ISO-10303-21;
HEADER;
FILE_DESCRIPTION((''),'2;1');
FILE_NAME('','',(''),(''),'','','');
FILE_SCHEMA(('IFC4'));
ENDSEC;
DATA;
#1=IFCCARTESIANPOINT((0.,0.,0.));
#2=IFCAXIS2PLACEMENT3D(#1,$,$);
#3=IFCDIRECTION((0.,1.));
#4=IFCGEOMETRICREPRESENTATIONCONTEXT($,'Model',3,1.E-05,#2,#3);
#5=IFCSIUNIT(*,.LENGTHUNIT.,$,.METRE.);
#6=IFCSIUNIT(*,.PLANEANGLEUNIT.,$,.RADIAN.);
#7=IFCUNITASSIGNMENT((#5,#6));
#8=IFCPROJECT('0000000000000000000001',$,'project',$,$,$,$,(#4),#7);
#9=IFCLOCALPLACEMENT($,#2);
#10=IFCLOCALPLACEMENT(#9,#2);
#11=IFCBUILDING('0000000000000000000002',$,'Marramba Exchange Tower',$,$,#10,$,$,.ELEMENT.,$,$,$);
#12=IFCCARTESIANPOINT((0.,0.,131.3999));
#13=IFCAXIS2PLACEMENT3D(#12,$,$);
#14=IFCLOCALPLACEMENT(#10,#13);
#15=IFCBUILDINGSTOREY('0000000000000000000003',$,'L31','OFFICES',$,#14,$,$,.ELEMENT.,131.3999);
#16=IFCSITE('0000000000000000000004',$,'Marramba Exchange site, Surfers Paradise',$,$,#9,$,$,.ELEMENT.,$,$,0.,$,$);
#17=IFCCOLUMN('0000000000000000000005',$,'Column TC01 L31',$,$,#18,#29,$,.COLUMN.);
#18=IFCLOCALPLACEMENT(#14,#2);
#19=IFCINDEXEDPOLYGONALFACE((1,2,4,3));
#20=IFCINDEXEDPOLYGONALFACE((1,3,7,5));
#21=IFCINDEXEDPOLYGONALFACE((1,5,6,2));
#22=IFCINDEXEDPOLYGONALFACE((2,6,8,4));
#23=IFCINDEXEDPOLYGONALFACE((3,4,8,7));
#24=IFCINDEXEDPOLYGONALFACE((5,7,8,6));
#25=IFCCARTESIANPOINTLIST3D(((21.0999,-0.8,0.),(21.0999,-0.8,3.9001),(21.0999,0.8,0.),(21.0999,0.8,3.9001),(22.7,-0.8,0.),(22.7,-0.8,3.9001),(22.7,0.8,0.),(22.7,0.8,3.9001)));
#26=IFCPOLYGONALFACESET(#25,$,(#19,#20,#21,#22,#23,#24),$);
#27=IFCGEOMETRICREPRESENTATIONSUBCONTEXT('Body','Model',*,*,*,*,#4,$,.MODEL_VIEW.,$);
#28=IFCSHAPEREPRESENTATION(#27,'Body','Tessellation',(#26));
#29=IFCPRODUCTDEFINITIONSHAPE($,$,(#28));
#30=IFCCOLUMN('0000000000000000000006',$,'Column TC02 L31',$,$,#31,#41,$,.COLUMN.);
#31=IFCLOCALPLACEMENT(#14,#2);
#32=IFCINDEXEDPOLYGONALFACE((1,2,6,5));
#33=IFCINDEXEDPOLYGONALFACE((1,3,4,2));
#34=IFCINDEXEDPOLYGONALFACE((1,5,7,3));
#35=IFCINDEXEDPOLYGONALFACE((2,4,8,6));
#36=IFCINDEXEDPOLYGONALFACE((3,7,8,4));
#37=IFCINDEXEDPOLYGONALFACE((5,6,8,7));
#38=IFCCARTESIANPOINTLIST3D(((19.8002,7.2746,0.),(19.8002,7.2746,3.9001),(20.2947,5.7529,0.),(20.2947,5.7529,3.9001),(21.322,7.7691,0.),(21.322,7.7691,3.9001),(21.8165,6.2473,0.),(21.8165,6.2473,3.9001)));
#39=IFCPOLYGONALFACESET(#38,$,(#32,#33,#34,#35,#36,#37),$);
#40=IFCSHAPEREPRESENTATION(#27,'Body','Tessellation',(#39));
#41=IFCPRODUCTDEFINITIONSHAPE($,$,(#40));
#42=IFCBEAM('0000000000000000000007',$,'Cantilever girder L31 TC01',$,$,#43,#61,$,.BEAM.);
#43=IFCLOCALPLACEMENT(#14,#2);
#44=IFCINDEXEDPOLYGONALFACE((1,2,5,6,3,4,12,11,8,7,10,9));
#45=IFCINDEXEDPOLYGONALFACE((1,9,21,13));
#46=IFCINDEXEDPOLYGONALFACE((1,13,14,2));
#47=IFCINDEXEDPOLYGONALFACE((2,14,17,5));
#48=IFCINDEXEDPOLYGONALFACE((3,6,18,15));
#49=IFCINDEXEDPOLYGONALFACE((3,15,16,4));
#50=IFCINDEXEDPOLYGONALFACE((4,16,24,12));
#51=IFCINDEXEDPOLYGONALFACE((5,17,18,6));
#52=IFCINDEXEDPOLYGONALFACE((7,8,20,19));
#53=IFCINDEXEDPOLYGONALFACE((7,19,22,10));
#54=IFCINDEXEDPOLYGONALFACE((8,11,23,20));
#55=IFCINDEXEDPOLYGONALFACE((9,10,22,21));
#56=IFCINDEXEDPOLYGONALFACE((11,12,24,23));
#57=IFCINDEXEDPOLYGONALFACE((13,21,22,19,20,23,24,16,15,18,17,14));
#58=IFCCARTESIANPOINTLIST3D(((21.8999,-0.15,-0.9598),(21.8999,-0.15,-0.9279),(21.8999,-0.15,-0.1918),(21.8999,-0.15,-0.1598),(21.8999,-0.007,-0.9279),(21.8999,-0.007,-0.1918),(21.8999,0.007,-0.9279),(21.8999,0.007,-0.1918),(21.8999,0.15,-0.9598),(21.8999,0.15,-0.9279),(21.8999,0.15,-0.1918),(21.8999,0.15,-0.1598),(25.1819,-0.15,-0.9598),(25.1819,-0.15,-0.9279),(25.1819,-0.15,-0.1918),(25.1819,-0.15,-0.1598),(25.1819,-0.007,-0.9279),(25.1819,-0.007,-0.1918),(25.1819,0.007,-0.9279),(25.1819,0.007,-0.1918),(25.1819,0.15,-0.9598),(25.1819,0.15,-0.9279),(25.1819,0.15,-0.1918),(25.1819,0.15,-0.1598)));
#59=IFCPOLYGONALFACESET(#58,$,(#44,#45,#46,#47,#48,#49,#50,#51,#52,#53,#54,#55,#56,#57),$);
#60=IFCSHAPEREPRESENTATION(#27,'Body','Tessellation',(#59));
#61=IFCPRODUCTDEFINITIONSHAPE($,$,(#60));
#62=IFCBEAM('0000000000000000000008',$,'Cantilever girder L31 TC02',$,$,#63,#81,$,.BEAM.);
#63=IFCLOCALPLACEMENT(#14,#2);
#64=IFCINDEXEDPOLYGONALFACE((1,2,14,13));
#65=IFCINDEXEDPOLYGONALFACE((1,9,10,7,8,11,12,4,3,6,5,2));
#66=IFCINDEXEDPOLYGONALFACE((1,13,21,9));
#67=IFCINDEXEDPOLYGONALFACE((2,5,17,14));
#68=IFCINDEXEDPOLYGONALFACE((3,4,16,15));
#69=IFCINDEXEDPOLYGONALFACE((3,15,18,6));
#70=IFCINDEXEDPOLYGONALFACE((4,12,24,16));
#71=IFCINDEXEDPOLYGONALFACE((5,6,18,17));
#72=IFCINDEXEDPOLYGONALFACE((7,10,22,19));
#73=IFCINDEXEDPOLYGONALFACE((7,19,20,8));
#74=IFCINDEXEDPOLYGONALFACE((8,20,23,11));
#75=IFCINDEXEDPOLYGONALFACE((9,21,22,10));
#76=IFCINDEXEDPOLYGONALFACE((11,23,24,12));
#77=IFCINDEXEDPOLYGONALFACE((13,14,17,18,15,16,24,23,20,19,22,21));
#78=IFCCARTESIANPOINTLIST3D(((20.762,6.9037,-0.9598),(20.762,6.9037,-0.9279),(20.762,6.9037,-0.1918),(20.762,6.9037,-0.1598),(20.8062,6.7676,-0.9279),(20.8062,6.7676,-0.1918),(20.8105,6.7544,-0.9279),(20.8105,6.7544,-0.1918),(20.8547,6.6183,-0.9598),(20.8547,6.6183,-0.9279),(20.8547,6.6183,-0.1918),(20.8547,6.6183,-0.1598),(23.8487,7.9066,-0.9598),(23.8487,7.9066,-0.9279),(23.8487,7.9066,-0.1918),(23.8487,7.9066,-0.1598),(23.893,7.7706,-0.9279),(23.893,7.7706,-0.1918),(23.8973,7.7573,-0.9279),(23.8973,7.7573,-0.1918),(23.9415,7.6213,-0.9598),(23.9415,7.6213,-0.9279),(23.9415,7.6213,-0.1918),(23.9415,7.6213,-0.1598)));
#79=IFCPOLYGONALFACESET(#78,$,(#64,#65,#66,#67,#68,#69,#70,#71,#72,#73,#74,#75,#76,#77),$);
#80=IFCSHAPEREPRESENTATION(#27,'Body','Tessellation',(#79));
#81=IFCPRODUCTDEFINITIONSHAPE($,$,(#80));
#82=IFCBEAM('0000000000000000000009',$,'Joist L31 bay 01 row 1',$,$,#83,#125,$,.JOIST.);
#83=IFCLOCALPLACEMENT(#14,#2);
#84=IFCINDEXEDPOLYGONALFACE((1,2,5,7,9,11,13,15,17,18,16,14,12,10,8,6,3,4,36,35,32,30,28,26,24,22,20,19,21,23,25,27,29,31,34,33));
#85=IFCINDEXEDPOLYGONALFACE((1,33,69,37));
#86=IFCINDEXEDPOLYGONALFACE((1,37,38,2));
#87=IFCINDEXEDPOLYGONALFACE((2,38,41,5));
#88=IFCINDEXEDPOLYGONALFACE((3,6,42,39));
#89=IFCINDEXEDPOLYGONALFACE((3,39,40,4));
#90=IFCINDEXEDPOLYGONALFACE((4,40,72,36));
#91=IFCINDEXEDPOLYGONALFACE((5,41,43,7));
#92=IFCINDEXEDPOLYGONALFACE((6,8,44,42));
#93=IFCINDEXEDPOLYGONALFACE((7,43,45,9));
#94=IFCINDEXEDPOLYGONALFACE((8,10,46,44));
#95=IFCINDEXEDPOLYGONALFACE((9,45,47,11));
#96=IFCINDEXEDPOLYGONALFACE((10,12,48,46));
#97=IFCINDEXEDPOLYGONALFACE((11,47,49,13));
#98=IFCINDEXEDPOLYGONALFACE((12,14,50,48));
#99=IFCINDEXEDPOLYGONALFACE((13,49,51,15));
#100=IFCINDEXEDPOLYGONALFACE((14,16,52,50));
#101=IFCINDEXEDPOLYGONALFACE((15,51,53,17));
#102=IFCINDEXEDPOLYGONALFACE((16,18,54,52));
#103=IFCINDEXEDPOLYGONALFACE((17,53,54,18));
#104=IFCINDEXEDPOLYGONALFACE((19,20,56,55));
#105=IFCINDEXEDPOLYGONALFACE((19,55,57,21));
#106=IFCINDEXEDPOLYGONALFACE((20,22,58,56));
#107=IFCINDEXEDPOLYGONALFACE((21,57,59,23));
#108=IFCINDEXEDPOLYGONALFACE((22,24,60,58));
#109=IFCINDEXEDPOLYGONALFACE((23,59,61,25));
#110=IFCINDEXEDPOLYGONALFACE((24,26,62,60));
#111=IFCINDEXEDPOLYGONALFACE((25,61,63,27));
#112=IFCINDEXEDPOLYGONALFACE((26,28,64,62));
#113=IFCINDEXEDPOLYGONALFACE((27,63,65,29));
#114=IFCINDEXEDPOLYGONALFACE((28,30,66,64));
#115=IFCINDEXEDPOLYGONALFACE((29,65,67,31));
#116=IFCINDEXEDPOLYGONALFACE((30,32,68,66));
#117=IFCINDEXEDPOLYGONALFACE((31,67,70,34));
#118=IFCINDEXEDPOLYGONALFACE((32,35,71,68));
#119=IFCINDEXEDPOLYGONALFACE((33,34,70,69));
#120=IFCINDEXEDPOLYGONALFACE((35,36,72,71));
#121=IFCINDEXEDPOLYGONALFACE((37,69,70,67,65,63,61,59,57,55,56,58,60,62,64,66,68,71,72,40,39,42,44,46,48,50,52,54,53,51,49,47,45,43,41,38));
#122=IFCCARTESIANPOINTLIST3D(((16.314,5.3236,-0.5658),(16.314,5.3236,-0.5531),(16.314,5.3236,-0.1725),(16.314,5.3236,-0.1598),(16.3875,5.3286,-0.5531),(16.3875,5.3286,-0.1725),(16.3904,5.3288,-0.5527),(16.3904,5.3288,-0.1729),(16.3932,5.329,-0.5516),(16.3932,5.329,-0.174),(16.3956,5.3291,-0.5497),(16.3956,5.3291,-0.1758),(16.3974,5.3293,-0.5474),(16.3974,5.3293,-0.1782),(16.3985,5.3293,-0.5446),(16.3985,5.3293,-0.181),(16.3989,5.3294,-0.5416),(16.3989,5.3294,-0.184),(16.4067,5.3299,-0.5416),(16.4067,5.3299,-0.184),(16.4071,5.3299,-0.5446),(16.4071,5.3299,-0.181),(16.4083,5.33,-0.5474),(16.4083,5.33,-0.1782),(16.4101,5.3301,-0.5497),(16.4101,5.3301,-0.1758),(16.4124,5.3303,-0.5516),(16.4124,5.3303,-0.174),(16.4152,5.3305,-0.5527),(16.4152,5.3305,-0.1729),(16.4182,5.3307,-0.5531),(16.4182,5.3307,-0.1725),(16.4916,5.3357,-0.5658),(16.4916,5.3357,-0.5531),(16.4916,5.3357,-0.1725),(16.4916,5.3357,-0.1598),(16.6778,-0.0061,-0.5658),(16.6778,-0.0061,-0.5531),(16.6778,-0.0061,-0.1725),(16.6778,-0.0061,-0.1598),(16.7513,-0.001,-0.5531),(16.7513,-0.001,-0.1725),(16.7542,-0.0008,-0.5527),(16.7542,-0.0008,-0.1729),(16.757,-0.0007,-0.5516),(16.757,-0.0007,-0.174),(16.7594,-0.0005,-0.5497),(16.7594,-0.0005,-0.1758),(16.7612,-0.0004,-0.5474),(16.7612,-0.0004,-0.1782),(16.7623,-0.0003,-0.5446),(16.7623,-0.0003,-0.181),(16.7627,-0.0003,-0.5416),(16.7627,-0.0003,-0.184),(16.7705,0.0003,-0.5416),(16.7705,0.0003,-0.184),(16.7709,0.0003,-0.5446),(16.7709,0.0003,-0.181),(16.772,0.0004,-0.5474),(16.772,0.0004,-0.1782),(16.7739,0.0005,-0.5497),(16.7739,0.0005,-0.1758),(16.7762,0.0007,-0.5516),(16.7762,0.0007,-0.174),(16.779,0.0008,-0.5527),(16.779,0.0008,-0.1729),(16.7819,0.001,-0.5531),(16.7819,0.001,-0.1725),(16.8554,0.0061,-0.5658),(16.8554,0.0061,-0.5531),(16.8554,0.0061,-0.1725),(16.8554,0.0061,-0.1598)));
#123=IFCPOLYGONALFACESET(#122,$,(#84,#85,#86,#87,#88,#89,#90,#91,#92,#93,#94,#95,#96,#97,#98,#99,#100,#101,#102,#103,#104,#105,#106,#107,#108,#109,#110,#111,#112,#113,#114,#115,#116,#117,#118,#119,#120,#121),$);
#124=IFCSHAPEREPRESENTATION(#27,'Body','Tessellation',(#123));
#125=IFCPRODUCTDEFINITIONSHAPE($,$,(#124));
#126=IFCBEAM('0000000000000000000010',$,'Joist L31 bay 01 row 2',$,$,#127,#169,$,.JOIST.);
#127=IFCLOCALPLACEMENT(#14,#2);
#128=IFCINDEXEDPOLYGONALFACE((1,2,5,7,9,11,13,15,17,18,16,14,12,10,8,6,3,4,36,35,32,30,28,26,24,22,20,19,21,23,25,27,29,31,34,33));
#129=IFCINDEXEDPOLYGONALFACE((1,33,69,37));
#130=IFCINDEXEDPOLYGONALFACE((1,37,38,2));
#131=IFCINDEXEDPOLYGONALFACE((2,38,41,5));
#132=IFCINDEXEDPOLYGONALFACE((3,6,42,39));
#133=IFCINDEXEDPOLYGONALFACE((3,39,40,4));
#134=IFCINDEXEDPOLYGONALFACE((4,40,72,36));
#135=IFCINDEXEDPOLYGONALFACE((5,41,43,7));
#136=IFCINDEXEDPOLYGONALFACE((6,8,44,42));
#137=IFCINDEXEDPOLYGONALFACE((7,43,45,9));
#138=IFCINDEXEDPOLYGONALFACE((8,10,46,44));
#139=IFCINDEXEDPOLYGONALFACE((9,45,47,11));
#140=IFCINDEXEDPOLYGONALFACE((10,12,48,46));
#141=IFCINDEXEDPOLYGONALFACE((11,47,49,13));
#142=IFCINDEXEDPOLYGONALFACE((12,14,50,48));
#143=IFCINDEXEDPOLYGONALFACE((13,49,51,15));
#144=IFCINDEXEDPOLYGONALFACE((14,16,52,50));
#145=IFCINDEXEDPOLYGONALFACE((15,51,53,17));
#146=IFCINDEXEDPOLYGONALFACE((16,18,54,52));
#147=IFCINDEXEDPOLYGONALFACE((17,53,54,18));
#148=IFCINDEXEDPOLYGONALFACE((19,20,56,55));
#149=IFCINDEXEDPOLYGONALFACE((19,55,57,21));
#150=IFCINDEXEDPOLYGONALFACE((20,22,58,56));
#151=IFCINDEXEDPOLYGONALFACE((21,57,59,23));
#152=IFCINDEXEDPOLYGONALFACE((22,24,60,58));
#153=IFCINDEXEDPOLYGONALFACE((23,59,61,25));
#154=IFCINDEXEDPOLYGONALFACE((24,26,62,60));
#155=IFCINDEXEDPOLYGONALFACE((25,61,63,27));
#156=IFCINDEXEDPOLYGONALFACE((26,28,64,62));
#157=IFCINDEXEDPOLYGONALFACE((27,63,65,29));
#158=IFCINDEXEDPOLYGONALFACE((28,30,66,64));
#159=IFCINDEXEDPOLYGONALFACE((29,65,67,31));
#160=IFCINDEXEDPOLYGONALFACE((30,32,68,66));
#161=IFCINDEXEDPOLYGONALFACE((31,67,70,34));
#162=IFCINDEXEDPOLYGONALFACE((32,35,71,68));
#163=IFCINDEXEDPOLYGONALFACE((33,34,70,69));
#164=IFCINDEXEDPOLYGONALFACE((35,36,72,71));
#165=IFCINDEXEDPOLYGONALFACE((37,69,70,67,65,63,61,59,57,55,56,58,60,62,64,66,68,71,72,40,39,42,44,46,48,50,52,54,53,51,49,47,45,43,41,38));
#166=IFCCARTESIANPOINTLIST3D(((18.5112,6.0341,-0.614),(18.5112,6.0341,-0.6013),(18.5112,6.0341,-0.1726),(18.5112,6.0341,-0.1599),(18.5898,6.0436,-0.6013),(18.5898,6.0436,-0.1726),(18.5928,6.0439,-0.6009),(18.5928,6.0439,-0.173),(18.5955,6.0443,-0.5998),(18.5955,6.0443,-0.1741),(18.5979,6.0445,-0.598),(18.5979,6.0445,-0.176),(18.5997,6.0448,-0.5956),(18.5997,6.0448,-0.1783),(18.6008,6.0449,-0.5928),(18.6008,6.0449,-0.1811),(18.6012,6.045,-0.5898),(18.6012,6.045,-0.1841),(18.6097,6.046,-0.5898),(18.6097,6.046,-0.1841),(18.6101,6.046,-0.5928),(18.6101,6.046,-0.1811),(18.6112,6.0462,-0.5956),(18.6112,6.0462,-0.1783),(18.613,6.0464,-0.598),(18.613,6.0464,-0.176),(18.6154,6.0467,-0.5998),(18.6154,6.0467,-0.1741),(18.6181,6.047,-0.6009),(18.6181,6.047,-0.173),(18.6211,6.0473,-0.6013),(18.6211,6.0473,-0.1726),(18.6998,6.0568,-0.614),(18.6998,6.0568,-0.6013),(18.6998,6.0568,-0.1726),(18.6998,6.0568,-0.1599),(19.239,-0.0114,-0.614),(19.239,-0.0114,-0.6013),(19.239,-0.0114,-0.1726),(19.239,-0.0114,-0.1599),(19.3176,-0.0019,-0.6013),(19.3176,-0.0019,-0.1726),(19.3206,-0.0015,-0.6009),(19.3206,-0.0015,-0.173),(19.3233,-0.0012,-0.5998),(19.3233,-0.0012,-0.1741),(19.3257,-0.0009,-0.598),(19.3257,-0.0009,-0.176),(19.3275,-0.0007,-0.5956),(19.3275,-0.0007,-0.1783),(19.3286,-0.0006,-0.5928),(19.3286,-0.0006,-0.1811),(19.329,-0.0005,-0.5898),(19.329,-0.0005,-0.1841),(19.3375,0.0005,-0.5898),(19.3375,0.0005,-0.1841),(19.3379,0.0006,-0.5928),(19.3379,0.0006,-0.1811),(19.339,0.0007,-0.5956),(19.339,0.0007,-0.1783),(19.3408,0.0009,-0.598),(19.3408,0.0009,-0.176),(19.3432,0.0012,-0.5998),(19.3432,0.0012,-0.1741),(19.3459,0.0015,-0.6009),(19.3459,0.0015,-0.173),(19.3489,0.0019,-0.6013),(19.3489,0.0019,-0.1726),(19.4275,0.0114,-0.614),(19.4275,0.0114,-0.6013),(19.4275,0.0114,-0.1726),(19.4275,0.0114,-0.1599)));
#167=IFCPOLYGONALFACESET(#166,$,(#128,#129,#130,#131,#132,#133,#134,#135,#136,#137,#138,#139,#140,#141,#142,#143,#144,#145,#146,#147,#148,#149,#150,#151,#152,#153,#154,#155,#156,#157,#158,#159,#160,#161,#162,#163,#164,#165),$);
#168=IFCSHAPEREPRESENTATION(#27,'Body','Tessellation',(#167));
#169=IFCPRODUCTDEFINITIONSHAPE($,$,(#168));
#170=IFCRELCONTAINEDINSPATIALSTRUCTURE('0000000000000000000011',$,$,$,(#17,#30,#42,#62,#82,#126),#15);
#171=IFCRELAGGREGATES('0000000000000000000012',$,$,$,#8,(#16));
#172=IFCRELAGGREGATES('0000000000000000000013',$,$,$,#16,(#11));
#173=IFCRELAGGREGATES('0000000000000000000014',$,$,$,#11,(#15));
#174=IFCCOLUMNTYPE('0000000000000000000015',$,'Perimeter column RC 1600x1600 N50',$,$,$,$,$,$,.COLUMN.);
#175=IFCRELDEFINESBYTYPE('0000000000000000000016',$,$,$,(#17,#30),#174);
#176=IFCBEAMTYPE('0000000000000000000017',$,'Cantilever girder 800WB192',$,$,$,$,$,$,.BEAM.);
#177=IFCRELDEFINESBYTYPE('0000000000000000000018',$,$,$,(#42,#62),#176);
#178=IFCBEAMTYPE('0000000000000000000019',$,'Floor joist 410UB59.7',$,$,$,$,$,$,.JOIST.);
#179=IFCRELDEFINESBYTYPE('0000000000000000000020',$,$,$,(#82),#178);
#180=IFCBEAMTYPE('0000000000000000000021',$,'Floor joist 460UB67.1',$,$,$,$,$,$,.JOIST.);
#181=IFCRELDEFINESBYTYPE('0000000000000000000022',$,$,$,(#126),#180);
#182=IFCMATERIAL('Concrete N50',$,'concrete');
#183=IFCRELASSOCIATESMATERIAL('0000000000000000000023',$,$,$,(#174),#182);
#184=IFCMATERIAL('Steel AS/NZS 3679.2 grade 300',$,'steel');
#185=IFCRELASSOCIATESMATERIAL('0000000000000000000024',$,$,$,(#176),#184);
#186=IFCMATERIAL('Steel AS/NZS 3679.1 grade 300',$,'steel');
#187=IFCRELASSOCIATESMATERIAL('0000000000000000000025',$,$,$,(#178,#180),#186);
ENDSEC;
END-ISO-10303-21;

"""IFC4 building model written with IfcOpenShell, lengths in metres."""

from ifc_helpers import new_model, si_unit, direction, frame, origin, origin_2d, place, context, subcontext, project, spatial, rectangle, i_section, extrude, material, material_profile, profile_set, type_object, element, save


model = new_model("IFC4")

# Units and contexts
model_context = context("Model", 3, precision=1e-05, world=origin(), true_north=direction((0.0, 1.0)))
body_context = subcontext(model_context, "Body", "Model", "MODEL_VIEW")
ifc_project = project(units=[si_unit("LENGTHUNIT", "METRE"), si_unit("PLANEANGLEUNIT", "RADIAN")], contexts=[model_context])

# Site, building, storey
site_placement = place(None, origin())
site = spatial("IfcSite", under=ifc_project, at=site_placement, Name="Marramba Exchange site, Surfers Paradise", CompositionType="ELEMENT", RefElevation=0.0)
building_placement = place(site_placement, origin())
building = spatial("IfcBuilding", under=site, at=building_placement, Name="Marramba Exchange Tower", CompositionType="ELEMENT")
storey_placement = place(building_placement, frame((0.0, 0.0, 131.3999)))
storey = spatial("IfcBuildingStorey", under=building, at=storey_placement, Name="L31", Description="OFFICES", CompositionType="ELEMENT", Elevation=131.3999)

# Columns
ifc_material_1 = material(Name="Concrete N50", Category="concrete")
ifc_material_profile_1 = material_profile(ifc_material_1, rectangle(XDim=1.6001, YDim=1.6001, at=origin_2d()), Name="RC 1600x1600")
ifc_profile_set_1 = profile_set([ifc_material_profile_1], Name="Concrete N50")
column_type = type_object("IfcColumnType", Name="Perimeter column RC 1600x1600 N50", PredefinedType="COLUMN", material=ifc_profile_set_1)
for number, where, z_axis, x_axis, name in (
    (1, (21.8999, 0.0, 0.0), (0.0, 0.0, 1.0), (1.0, 0.0, 0.0), "Column TC01 L31"),
    (2, (20.8083, 6.761, 0.0), (0.0, 0.0, 1.0), (0.951057, 0.309017, 0.0), "Column TC02 L31"),
):
    element("IfcColumn", number, at=place(storey_placement, frame(where, z_axis=z_axis, x_axis=x_axis)), inside=storey, type_object=column_type, Name=name, PredefinedType="COLUMN", context=body_context, shape_type="SweptSolid", body=[
        extrude(rectangle(XDim=1.6001, YDim=1.6001, at=origin_2d()), origin(), (0.0, 0.0, 1.0), 3.9001),
    ])

# Beams
ifc_material_2 = material(Name="Steel AS/NZS 3679.2 grade 300", Category="steel")
ifc_material_profile_2 = material_profile(ifc_material_2, i_section(OverallWidth=0.3, OverallDepth=0.8, WebThickness=0.0139, FlangeThickness=0.032, at=origin_2d()), Name="800WB192")
ifc_profile_set_2 = profile_set([ifc_material_profile_2], Name="Steel AS/NZS 3679.2 grade 300")
beam_type_1 = type_object("IfcBeamType", Name="Cantilever girder 800WB192", PredefinedType="BEAM", material=ifc_profile_set_2)
beam_1_placement = place(storey_placement, frame((21.8999, 0.0, -0.5598), z_axis=(1.0, 0.0, 0.0), x_axis=(0.0, 1.0, 0.0)))
element("IfcBeam", 3, at=beam_1_placement, inside=storey, type_object=beam_type_1, Name="Cantilever girder L31 TC01", PredefinedType="BEAM", context=body_context, shape_type="SweptSolid", body=[
    extrude(i_section(OverallWidth=0.3, OverallDepth=0.8, WebThickness=0.0139, FlangeThickness=0.032, at=origin_2d()), origin(), (0.0, 0.0, 1.0), 3.282),
])
beam_2_placement = place(storey_placement, frame((20.8083, 6.761, -0.5598), z_axis=(0.951056, 0.30902, 0.0), x_axis=(-0.30902, 0.951056, 0.0)))
element("IfcBeam", 4, at=beam_2_placement, inside=storey, type_object=beam_type_1, Name="Cantilever girder L31 TC02", PredefinedType="BEAM", context=body_context, shape_type="SweptSolid", body=[
    extrude(i_section(OverallWidth=0.3, OverallDepth=0.8, WebThickness=0.0139, FlangeThickness=0.032, at=origin_2d()), origin(), (0.0, 0.0, 1.0), 3.2456),
])
ifc_material_3 = material(Name="Steel AS/NZS 3679.1 grade 300", Category="steel")
ifc_material_profile_3 = material_profile(ifc_material_3, i_section(OverallWidth=0.178, OverallDepth=0.406, WebThickness=0.0078, FlangeThickness=0.0127, FilletRadius=0.0115, at=origin_2d()), Name="410UB59.7")
ifc_profile_set_3 = profile_set([ifc_material_profile_3], Name="Steel AS/NZS 3679.1 grade 300")
beam_type_2 = type_object("IfcBeamType", Name="Floor joist 410UB59.7", PredefinedType="JOIST", material=ifc_profile_set_3)
beam_3_placement = place(storey_placement, frame((16.7666, 0.0, -0.3628), z_axis=(-0.068096, 0.997679, 0.0), x_axis=(-0.997679, -0.068096, 0.0)))
element("IfcBeam", 5, at=beam_3_placement, inside=storey, type_object=beam_type_2, Name="Joist L31 bay 01 row 1", PredefinedType="JOIST", context=body_context, shape_type="SweptSolid", body=[
    extrude(i_section(OverallWidth=0.178, OverallDepth=0.406, WebThickness=0.0078, FlangeThickness=0.0127, FilletRadius=0.0115, at=origin_2d()), origin(), (0.0, 0.0, 1.0), 5.342),
])
ifc_material_profile_4 = material_profile(ifc_material_3, i_section(OverallWidth=0.1899, OverallDepth=0.4541, WebThickness=0.0085, FlangeThickness=0.0127, FilletRadius=0.0115, at=origin_2d()), Name="460UB67.1")
ifc_profile_set_4 = profile_set([ifc_material_profile_4], Name="Steel AS/NZS 3679.1 grade 300")
beam_type_3 = type_object("IfcBeamType", Name="Floor joist 460UB67.1", PredefinedType="JOIST", material=ifc_profile_set_4)
beam_4_placement = place(storey_placement, frame((19.3333, 0.0, -0.387), z_axis=(-0.119523, 0.992831, 0.0), x_axis=(-0.992831, -0.119523, 0.0)))
element("IfcBeam", 6, at=beam_4_placement, inside=storey, type_object=beam_type_3, Name="Joist L31 bay 01 row 2", PredefinedType="JOIST", context=body_context, shape_type="SweptSolid", body=[
    extrude(i_section(OverallWidth=0.1899, OverallDepth=0.4541, WebThickness=0.0085, FlangeThickness=0.0127, FilletRadius=0.0115, at=origin_2d()), origin(), (0.0, 0.0, 1.0), 6.0891),
])

save(model, "model.ifc")
